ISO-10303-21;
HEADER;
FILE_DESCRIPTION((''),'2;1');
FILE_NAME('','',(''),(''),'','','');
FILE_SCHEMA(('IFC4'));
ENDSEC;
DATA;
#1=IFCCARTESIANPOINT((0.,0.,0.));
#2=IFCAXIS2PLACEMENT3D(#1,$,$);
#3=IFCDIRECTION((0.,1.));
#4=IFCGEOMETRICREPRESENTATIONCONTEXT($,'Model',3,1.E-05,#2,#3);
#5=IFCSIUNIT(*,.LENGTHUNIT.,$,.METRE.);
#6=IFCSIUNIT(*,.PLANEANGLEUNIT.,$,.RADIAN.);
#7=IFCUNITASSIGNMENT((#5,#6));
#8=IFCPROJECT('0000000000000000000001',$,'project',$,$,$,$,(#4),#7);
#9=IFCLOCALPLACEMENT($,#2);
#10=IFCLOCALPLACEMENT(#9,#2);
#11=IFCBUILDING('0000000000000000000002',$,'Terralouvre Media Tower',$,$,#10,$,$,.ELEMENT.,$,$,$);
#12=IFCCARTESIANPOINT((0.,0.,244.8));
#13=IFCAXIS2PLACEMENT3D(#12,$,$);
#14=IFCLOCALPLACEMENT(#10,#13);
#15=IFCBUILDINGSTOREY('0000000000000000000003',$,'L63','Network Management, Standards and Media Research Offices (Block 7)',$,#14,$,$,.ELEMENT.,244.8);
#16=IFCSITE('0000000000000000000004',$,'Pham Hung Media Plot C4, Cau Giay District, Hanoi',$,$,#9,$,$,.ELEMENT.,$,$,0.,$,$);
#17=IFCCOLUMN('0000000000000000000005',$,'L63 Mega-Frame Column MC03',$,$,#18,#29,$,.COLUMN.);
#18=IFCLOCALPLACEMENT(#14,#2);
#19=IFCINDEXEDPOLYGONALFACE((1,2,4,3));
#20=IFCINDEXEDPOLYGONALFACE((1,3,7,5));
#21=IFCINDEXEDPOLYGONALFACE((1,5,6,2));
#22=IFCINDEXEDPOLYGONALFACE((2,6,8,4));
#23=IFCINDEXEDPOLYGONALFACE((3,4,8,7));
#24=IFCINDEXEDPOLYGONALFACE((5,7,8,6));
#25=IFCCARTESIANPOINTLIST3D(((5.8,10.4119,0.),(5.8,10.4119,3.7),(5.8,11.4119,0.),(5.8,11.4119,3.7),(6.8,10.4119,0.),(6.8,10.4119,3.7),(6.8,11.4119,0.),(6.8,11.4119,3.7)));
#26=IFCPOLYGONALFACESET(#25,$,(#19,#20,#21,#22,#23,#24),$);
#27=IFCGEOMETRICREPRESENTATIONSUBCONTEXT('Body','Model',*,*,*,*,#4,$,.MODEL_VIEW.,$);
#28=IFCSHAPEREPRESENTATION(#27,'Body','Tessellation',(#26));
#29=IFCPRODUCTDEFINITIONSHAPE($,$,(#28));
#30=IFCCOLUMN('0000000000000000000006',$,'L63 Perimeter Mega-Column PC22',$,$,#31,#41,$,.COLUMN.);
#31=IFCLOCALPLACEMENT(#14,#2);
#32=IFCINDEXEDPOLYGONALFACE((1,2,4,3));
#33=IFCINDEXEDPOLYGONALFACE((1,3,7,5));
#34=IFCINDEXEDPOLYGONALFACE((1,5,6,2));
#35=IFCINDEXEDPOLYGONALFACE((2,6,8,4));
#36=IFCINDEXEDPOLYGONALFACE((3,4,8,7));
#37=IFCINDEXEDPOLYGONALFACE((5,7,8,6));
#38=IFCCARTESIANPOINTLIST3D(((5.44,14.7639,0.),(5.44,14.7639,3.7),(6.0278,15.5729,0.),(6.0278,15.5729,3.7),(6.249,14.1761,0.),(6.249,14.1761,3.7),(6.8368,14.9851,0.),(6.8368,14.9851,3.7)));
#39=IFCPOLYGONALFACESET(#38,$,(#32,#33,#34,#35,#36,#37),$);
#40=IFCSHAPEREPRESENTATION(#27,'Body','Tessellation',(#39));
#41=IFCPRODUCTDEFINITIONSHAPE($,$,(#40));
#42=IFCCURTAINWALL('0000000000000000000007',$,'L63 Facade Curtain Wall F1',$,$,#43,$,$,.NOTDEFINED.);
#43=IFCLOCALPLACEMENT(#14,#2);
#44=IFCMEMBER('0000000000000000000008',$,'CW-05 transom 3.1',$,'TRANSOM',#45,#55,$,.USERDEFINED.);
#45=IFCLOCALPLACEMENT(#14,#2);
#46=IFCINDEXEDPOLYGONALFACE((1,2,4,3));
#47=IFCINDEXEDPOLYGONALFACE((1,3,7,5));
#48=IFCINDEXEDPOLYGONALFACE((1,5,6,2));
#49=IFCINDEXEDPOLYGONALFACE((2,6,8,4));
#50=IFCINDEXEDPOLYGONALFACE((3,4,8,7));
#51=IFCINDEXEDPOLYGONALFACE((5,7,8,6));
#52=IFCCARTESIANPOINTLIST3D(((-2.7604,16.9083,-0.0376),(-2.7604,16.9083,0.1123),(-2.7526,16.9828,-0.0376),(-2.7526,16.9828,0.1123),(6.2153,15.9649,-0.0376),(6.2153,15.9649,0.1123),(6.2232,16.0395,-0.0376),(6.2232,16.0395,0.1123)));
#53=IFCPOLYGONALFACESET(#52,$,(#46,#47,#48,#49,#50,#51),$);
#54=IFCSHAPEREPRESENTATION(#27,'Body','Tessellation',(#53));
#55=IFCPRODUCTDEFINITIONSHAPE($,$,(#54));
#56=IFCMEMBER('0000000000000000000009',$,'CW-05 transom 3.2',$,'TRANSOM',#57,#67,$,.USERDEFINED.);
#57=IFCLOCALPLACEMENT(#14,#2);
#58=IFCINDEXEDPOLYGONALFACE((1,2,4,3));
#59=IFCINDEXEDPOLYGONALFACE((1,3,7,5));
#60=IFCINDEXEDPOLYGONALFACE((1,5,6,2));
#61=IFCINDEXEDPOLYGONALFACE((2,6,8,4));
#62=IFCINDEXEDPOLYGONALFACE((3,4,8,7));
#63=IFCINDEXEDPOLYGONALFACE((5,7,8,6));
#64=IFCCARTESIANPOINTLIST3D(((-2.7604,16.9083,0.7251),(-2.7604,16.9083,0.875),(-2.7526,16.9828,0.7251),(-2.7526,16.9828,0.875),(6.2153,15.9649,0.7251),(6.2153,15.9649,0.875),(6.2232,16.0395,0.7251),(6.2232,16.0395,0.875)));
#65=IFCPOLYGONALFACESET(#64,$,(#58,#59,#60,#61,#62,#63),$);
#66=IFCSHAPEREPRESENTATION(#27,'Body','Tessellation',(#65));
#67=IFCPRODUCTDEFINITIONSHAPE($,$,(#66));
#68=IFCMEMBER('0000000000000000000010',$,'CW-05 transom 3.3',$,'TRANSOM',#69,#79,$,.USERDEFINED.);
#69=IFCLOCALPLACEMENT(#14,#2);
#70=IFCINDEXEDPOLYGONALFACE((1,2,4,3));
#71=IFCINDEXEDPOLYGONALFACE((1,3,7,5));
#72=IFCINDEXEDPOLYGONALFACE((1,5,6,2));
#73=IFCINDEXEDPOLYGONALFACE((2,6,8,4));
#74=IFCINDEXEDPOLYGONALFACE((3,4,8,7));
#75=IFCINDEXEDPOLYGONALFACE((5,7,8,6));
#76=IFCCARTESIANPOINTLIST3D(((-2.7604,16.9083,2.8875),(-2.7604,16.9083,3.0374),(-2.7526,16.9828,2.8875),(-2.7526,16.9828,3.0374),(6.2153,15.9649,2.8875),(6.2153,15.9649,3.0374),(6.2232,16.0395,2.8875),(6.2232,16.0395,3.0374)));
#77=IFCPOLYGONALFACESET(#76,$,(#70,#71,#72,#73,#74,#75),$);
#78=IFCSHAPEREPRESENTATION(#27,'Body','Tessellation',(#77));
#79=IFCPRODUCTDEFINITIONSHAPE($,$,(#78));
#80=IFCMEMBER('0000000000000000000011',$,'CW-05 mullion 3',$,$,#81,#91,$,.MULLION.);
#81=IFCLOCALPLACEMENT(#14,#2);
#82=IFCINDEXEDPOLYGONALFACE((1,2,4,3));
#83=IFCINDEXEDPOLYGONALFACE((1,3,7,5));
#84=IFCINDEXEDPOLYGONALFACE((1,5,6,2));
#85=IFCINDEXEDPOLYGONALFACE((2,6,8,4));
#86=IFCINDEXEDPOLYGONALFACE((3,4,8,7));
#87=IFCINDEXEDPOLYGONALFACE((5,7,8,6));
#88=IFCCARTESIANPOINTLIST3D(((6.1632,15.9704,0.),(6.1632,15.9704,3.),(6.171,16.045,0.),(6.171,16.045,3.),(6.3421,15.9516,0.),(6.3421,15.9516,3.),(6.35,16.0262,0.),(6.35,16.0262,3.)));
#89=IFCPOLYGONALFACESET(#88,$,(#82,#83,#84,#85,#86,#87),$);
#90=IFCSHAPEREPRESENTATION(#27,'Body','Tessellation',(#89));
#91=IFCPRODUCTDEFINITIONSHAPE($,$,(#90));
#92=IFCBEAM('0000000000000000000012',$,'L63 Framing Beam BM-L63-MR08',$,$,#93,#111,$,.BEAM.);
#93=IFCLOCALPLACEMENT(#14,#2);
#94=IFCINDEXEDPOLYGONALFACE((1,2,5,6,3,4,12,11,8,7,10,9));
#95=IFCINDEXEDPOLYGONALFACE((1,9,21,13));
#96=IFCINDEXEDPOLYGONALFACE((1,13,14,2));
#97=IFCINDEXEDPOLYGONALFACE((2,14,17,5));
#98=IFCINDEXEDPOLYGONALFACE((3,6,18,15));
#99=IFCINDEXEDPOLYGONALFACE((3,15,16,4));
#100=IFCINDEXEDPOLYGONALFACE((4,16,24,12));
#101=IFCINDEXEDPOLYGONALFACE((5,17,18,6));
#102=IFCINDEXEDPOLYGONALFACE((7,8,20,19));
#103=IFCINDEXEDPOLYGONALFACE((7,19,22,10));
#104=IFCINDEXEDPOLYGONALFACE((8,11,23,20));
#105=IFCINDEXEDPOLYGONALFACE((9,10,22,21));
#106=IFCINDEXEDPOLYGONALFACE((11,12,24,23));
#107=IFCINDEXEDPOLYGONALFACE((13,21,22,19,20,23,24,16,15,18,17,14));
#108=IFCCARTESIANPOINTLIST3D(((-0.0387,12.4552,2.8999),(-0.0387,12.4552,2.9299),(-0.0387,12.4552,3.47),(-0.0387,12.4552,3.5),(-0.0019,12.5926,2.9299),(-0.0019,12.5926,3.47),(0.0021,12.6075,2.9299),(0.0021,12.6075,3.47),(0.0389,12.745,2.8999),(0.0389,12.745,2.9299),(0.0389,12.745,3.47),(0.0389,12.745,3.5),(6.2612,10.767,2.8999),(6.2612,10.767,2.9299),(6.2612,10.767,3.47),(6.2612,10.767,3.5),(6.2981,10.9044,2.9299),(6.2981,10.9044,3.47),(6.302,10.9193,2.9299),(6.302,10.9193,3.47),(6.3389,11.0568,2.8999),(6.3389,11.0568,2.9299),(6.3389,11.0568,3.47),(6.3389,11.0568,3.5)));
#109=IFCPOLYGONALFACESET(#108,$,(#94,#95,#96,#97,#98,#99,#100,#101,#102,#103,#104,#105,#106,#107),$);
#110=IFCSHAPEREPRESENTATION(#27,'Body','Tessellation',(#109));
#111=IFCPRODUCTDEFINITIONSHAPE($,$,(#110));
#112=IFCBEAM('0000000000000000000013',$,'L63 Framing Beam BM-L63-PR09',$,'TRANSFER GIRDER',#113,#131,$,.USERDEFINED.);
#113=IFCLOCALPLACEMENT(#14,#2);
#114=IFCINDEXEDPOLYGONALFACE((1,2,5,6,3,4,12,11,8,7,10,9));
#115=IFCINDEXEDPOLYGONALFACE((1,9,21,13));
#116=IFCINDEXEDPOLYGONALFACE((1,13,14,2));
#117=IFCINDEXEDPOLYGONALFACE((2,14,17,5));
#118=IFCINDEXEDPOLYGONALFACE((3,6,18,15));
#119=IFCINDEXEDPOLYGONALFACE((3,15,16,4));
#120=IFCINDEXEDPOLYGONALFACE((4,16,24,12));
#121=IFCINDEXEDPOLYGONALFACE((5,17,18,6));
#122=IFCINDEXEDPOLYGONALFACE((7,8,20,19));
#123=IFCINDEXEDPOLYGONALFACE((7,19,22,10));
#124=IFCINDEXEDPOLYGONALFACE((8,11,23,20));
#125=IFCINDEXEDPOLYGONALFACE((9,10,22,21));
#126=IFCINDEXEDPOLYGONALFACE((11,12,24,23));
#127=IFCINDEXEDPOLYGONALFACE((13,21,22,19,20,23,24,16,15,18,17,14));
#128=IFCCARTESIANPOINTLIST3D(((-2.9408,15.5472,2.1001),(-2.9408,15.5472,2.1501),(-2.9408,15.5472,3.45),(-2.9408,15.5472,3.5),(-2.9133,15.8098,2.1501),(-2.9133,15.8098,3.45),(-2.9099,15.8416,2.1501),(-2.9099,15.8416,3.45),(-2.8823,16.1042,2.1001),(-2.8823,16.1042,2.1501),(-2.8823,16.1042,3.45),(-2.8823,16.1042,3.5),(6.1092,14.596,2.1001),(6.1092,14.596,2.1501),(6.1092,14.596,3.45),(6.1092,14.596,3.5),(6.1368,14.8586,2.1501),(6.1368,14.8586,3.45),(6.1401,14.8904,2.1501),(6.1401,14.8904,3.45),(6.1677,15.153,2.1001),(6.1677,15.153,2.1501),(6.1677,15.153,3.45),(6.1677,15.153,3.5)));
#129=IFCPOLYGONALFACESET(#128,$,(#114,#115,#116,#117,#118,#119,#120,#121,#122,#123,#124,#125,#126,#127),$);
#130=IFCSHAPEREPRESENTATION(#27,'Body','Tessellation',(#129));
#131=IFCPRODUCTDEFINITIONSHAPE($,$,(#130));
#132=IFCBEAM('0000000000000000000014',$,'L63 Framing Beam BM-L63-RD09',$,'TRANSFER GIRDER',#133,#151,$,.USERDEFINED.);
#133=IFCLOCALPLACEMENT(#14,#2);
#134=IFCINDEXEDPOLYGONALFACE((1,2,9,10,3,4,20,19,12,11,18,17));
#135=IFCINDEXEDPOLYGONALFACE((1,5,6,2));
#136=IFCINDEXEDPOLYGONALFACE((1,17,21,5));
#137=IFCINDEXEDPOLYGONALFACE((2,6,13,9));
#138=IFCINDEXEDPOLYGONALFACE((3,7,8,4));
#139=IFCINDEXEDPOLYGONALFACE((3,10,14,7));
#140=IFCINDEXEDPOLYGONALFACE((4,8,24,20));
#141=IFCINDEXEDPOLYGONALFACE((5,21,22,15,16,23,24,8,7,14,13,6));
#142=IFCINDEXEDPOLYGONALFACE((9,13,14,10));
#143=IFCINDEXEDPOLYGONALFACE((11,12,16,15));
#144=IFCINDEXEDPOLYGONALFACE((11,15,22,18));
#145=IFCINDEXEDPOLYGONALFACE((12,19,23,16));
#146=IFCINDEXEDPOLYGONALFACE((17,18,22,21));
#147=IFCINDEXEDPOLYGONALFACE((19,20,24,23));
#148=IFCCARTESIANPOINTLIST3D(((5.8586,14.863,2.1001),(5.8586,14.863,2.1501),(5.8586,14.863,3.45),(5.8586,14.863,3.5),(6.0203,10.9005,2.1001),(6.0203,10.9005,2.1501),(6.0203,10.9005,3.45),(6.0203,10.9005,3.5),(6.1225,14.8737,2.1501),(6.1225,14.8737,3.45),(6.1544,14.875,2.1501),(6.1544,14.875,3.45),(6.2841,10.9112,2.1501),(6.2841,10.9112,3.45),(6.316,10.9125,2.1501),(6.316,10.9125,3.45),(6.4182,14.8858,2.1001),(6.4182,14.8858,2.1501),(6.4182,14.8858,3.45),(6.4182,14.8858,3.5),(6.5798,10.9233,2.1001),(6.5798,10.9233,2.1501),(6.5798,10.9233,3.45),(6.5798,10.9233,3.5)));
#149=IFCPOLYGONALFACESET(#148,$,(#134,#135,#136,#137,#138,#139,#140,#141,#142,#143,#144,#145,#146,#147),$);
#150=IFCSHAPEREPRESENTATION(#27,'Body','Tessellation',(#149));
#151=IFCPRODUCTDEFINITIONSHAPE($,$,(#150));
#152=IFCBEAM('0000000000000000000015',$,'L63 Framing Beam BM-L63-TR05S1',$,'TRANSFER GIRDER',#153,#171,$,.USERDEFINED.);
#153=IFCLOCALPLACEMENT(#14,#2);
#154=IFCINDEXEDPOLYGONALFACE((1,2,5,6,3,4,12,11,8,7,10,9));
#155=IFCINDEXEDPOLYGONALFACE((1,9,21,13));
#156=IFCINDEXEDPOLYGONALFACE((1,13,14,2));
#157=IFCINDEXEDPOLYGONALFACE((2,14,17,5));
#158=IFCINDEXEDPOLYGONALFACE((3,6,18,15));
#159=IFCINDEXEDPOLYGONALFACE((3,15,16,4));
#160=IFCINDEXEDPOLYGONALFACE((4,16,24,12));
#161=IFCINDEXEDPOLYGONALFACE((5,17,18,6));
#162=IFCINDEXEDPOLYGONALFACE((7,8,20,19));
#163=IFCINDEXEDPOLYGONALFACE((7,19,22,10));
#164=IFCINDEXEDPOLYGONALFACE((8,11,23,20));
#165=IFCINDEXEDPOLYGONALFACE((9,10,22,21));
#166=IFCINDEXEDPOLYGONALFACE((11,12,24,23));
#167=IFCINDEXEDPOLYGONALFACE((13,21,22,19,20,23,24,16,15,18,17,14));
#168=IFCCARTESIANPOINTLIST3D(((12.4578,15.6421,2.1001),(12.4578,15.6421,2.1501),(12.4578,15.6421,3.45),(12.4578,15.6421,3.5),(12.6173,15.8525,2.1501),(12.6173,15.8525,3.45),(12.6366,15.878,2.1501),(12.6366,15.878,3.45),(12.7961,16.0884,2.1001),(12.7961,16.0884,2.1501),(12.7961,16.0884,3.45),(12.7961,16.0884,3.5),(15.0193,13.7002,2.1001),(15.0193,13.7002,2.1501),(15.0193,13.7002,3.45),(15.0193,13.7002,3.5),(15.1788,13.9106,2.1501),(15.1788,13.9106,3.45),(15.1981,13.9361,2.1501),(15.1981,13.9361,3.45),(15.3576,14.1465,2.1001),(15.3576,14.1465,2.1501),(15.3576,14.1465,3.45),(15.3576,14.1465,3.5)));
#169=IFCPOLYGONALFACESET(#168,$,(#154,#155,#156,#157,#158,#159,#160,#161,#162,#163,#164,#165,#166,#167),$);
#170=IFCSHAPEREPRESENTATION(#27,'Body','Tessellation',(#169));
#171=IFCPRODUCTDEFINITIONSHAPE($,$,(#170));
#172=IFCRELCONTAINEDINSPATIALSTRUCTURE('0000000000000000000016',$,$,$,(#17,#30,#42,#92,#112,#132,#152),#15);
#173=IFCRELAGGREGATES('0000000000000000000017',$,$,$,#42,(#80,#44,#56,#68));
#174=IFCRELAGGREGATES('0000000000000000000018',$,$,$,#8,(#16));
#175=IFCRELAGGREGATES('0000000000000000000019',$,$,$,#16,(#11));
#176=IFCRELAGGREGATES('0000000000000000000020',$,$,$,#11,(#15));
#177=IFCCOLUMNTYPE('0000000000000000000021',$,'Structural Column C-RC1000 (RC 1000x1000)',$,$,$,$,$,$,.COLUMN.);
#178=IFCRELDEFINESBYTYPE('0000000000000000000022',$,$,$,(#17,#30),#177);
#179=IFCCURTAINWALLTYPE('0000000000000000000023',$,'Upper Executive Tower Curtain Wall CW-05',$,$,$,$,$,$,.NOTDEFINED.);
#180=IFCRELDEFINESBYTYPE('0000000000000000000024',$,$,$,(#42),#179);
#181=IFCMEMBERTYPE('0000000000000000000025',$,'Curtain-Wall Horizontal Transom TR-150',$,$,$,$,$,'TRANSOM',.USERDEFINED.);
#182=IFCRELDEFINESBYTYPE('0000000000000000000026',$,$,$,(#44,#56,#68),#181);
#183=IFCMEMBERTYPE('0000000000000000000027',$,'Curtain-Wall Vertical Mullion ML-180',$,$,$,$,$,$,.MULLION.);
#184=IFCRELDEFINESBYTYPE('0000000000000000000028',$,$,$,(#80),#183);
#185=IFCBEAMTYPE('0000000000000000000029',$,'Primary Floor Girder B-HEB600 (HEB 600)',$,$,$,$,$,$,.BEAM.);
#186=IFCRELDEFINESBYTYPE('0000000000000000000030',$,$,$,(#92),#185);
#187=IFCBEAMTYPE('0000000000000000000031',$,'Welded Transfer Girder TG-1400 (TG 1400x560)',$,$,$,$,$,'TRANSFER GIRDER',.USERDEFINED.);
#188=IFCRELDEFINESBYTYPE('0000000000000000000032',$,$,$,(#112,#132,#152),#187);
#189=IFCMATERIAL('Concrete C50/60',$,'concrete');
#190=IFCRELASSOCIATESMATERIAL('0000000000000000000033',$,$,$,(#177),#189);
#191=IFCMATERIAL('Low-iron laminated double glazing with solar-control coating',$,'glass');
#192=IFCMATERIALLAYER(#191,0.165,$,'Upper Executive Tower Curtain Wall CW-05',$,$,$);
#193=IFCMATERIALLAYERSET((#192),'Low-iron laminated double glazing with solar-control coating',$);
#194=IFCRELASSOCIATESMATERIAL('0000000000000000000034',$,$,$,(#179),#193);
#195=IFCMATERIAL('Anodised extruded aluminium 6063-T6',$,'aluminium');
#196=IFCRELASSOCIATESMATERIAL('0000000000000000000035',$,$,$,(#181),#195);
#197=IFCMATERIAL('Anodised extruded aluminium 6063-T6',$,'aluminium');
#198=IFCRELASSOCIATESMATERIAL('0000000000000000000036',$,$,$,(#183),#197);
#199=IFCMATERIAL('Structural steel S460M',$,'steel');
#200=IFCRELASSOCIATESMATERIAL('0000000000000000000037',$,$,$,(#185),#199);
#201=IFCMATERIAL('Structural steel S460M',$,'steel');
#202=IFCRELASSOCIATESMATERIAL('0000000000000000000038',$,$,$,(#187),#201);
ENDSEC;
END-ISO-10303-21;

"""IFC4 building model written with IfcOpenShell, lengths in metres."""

from ifc_helpers import new_model, si_unit, direction, frame, origin, origin_2d, place, context, subcontext, project, spatial, rectangle, i_section, extrude, material, layer, layer_set, material_profile, profile_set, type_object, element, aggregate, save


model = new_model("IFC4")

# Units and contexts
model_context = context("Model", 3, precision=1e-05, world=origin(), true_north=direction((0.0, 1.0)))
body_context = subcontext(model_context, "Body", "Model", "MODEL_VIEW")
ifc_project = project(units=[si_unit("LENGTHUNIT", "METRE"), si_unit("PLANEANGLEUNIT", "RADIAN")], contexts=[model_context])

# Site, building, storey
site_placement = place(None, origin())
site = spatial("IfcSite", under=ifc_project, at=site_placement, Name="Pham Hung Media Plot C4, Cau Giay District, Hanoi", CompositionType="ELEMENT", RefElevation=0.0)
building_placement = place(site_placement, origin())
building = spatial("IfcBuilding", under=site, at=building_placement, Name="Terralouvre Media Tower", CompositionType="ELEMENT")
storey_placement = place(building_placement, frame((0.0, 0.0, 244.8)))
storey = spatial("IfcBuildingStorey", under=building, at=storey_placement, Name="L63", Description="Network Management, Standards and Media Research Offices (Block 7)", CompositionType="ELEMENT", Elevation=244.8)

# Columns
ifc_material_1 = material(Name="Concrete C50/60", Category="concrete")
ifc_material_profile_1 = material_profile(ifc_material_1, rectangle(XDim=1.0, YDim=1.0, at=origin_2d()), Name="RC 1000x1000")
ifc_profile_set_1 = profile_set([ifc_material_profile_1], Name="Concrete C50/60")
column_type = type_object("IfcColumnType", Name="Structural Column C-RC1000 (RC 1000x1000)", PredefinedType="COLUMN", material=ifc_profile_set_1)
for number, where, z_axis, x_axis, name in (
    (1, (6.3, 10.9119, 0.0), (0.0, 0.0, 1.0), (1.0, 0.0, 0.0), "L63 Mega-Frame Column MC03"),
    (2, (6.1384, 14.8745, 0.0), (0.0, 0.0, 1.0), (0.587785, 0.809017, 0.0), "L63 Perimeter Mega-Column PC22"),
):
    element("IfcColumn", number, at=place(storey_placement, frame(where, z_axis=z_axis, x_axis=x_axis)), inside=storey, type_object=column_type, Name=name, PredefinedType="COLUMN", context=body_context, shape_type="SweptSolid", body=[
        extrude(rectangle(XDim=1.0, YDim=1.0, at=origin_2d()), origin(), (0.0, 0.0, 1.0), 3.7),
    ])

# Curtain wall, members
ifc_material_2 = material(Name="Low-iron laminated double glazing with solar-control coating", Category="glass")
ifc_layer_1 = layer(ifc_material_2, 0.165, Name="Upper Executive Tower Curtain Wall CW-05")
ifc_layer_set_1 = layer_set([ifc_layer_1], Name="Low-iron laminated double glazing with solar-control coating")
curtain_wall_type = type_object("IfcCurtainWallType", Name="Upper Executive Tower Curtain Wall CW-05", PredefinedType="NOTDEFINED", material=ifc_layer_set_1)
curtain_wall_placement = place(storey_placement, origin())
curtain_wall = element("IfcCurtainWall", 3, at=curtain_wall_placement, inside=storey, type_object=curtain_wall_type, Name="L63 Facade Curtain Wall F1", PredefinedType="NOTDEFINED")
ifc_material_3 = material(Name="Anodised extruded aluminium 6063-T6", Category="aluminium")
ifc_material_profile_2 = material_profile(ifc_material_3, rectangle(XDim=0.075, YDim=0.1499, at=origin_2d()), Name="ALU 75x150")
ifc_profile_set_2 = profile_set([ifc_material_profile_2], Name="Anodised extruded aluminium 6063-T6")
member_type_1 = type_object("IfcMemberType", Name="Curtain-Wall Horizontal Transom TR-150", ElementType="TRANSOM", PredefinedType="USERDEFINED", material=ifc_profile_set_2)
member_1_placement = place(storey_placement, frame((6.2192, 16.0022, 0.0374), z_axis=(-0.994522, 0.104527, 0.0), x_axis=(-0.104527, -0.994522, 0.0)))
member_1 = element("IfcMember", 4, at=member_1_placement, type_object=member_type_1, Name="CW-05 transom 3.1", ObjectType="TRANSOM", PredefinedType="USERDEFINED", context=body_context, shape_type="SweptSolid", body=[
    extrude(rectangle(XDim=0.075, YDim=0.1499, at=origin_2d()), origin(), (0.0, 0.0, 1.0), 9.0251),
])
member_2_placement = place(storey_placement, frame((6.2192, 16.0022, 0.8), z_axis=(-0.994522, 0.104527, 0.0), x_axis=(-0.104527, -0.994522, 0.0)))
member_2 = element("IfcMember", 5, at=member_2_placement, type_object=member_type_1, Name="CW-05 transom 3.2", ObjectType="TRANSOM", PredefinedType="USERDEFINED", context=body_context, shape_type="SweptSolid", body=[
    extrude(rectangle(XDim=0.075, YDim=0.1499, at=origin_2d()), origin(), (0.0, 0.0, 1.0), 9.0251),
])
member_3_placement = place(storey_placement, frame((6.2192, 16.0022, 2.9624), z_axis=(-0.994522, 0.104527, 0.0), x_axis=(-0.104527, -0.994522, 0.0)))
member_3 = element("IfcMember", 6, at=member_3_placement, type_object=member_type_1, Name="CW-05 transom 3.3", ObjectType="TRANSOM", PredefinedType="USERDEFINED", context=body_context, shape_type="SweptSolid", body=[
    extrude(rectangle(XDim=0.075, YDim=0.1499, at=origin_2d()), origin(), (0.0, 0.0, 1.0), 9.0251),
])
ifc_material_4 = material(Name="Anodised extruded aluminium 6063-T6", Category="aluminium")
ifc_material_profile_3 = material_profile(ifc_material_4, rectangle(XDim=0.075, YDim=0.1799, at=origin_2d()), Name="ALU 75x180")
ifc_profile_set_3 = profile_set([ifc_material_profile_3], Name="Anodised extruded aluminium 6063-T6")
member_type_2 = type_object("IfcMemberType", Name="Curtain-Wall Vertical Mullion ML-180", PredefinedType="MULLION", material=ifc_profile_set_3)
member_4_placement = place(storey_placement, frame((6.2566, 15.9983, 0.0), z_axis=(0.0, 0.0, 1.0), x_axis=(-0.104529, -0.994522, 0.0)))
member_4 = element("IfcMember", 7, at=member_4_placement, type_object=member_type_2, Name="CW-05 mullion 3", PredefinedType="MULLION", context=body_context, shape_type="SweptSolid", body=[
    extrude(rectangle(XDim=0.075, YDim=0.1799, at=origin_2d()), origin(), (0.0, 0.0, 1.0), 3.0),
])

# Beams
ifc_material_5 = material(Name="Structural steel S460M", Category="steel")
ifc_material_profile_4 = material_profile(ifc_material_5, i_section(OverallWidth=0.3, OverallDepth=0.6001, WebThickness=0.0154, FlangeThickness=0.03, at=origin_2d()), Name="HEB 600")
ifc_profile_set_4 = profile_set([ifc_material_profile_4], Name="Structural steel S460M")
beam_type_1 = type_object("IfcBeamType", Name="Primary Floor Girder B-HEB600 (HEB 600)", PredefinedType="BEAM", material=ifc_profile_set_4)
beam_1_placement = place(storey_placement, frame((6.3, 10.9119, 3.2), z_axis=(-0.96592, 0.258839, 0.0), x_axis=(-0.258839, -0.96592, 0.0)))
element("IfcBeam", 8, at=beam_1_placement, inside=storey, type_object=beam_type_1, Name="L63 Framing Beam BM-L63-MR08", PredefinedType="BEAM", context=body_context, shape_type="SweptSolid", body=[
    extrude(i_section(OverallWidth=0.3, OverallDepth=0.6001, WebThickness=0.0154, FlangeThickness=0.03, at=origin_2d()), origin(), (0.0, 0.0, 1.0), 6.5222),
])
ifc_material_6 = material(Name="Structural steel S460M", Category="steel")
ifc_material_profile_5 = material_profile(ifc_material_6, i_section(OverallWidth=0.5601, OverallDepth=1.3999, WebThickness=0.032, FlangeThickness=0.05, at=origin_2d()), Name="TG 1400x560")
ifc_profile_set_5 = profile_set([ifc_material_profile_5], Name="Structural steel S460M")
beam_type_2 = type_object("IfcBeamType", Name="Welded Transfer Girder TG-1400 (TG 1400x560)", ElementType="TRANSFER GIRDER", PredefinedType="USERDEFINED", material=ifc_profile_set_5)
beam_2_placement = place(storey_placement, frame((6.1384, 14.8745, 2.8), z_axis=(-0.994522, 0.104526, 0.0), x_axis=(-0.104526, -0.994522, 0.0)))
element("IfcBeam", 9, at=beam_2_placement, inside=storey, type_object=beam_type_2, Name="L63 Framing Beam BM-L63-PR09", ObjectType="TRANSFER GIRDER", PredefinedType="USERDEFINED", context=body_context, shape_type="SweptSolid", body=[
    extrude(i_section(OverallWidth=0.5601, OverallDepth=1.3999, WebThickness=0.032, FlangeThickness=0.05, at=origin_2d()), origin(), (0.0, 0.0, 1.0), 9.0999),
])
beam_3_placement = place(storey_placement, frame((6.3, 10.9119, 2.8), z_axis=(-0.040752, 0.999169, 0.0), x_axis=(-0.999169, -0.040752, 0.0)))
element("IfcBeam", 10, at=beam_3_placement, inside=storey, type_object=beam_type_2, Name="L63 Framing Beam BM-L63-RD09", ObjectType="TRANSFER GIRDER", PredefinedType="USERDEFINED", context=body_context, shape_type="SweptSolid", body=[
    extrude(i_section(OverallWidth=0.5601, OverallDepth=1.3999, WebThickness=0.032, FlangeThickness=0.05, at=origin_2d()), origin(), (0.0, 0.0, 1.0), 3.9658),
])
beam_4_placement = place(storey_placement, frame((12.627, 15.8652, 2.8), z_axis=(0.79689, -0.604124, 0.0), x_axis=(0.604124, 0.79689, 0.0)))
element("IfcBeam", 11, at=beam_4_placement, inside=storey, type_object=beam_type_2, Name="L63 Framing Beam BM-L63-TR05S1", ObjectType="TRANSFER GIRDER", PredefinedType="USERDEFINED", context=body_context, shape_type="SweptSolid", body=[
    extrude(i_section(OverallWidth=0.5601, OverallDepth=1.3999, WebThickness=0.032, FlangeThickness=0.05, at=origin_2d()), origin(), (0.0, 0.0, 1.0), 3.2144),
])

aggregate(curtain_wall, [member_4, member_1, member_2, member_3])

save(model, "model.ifc")
